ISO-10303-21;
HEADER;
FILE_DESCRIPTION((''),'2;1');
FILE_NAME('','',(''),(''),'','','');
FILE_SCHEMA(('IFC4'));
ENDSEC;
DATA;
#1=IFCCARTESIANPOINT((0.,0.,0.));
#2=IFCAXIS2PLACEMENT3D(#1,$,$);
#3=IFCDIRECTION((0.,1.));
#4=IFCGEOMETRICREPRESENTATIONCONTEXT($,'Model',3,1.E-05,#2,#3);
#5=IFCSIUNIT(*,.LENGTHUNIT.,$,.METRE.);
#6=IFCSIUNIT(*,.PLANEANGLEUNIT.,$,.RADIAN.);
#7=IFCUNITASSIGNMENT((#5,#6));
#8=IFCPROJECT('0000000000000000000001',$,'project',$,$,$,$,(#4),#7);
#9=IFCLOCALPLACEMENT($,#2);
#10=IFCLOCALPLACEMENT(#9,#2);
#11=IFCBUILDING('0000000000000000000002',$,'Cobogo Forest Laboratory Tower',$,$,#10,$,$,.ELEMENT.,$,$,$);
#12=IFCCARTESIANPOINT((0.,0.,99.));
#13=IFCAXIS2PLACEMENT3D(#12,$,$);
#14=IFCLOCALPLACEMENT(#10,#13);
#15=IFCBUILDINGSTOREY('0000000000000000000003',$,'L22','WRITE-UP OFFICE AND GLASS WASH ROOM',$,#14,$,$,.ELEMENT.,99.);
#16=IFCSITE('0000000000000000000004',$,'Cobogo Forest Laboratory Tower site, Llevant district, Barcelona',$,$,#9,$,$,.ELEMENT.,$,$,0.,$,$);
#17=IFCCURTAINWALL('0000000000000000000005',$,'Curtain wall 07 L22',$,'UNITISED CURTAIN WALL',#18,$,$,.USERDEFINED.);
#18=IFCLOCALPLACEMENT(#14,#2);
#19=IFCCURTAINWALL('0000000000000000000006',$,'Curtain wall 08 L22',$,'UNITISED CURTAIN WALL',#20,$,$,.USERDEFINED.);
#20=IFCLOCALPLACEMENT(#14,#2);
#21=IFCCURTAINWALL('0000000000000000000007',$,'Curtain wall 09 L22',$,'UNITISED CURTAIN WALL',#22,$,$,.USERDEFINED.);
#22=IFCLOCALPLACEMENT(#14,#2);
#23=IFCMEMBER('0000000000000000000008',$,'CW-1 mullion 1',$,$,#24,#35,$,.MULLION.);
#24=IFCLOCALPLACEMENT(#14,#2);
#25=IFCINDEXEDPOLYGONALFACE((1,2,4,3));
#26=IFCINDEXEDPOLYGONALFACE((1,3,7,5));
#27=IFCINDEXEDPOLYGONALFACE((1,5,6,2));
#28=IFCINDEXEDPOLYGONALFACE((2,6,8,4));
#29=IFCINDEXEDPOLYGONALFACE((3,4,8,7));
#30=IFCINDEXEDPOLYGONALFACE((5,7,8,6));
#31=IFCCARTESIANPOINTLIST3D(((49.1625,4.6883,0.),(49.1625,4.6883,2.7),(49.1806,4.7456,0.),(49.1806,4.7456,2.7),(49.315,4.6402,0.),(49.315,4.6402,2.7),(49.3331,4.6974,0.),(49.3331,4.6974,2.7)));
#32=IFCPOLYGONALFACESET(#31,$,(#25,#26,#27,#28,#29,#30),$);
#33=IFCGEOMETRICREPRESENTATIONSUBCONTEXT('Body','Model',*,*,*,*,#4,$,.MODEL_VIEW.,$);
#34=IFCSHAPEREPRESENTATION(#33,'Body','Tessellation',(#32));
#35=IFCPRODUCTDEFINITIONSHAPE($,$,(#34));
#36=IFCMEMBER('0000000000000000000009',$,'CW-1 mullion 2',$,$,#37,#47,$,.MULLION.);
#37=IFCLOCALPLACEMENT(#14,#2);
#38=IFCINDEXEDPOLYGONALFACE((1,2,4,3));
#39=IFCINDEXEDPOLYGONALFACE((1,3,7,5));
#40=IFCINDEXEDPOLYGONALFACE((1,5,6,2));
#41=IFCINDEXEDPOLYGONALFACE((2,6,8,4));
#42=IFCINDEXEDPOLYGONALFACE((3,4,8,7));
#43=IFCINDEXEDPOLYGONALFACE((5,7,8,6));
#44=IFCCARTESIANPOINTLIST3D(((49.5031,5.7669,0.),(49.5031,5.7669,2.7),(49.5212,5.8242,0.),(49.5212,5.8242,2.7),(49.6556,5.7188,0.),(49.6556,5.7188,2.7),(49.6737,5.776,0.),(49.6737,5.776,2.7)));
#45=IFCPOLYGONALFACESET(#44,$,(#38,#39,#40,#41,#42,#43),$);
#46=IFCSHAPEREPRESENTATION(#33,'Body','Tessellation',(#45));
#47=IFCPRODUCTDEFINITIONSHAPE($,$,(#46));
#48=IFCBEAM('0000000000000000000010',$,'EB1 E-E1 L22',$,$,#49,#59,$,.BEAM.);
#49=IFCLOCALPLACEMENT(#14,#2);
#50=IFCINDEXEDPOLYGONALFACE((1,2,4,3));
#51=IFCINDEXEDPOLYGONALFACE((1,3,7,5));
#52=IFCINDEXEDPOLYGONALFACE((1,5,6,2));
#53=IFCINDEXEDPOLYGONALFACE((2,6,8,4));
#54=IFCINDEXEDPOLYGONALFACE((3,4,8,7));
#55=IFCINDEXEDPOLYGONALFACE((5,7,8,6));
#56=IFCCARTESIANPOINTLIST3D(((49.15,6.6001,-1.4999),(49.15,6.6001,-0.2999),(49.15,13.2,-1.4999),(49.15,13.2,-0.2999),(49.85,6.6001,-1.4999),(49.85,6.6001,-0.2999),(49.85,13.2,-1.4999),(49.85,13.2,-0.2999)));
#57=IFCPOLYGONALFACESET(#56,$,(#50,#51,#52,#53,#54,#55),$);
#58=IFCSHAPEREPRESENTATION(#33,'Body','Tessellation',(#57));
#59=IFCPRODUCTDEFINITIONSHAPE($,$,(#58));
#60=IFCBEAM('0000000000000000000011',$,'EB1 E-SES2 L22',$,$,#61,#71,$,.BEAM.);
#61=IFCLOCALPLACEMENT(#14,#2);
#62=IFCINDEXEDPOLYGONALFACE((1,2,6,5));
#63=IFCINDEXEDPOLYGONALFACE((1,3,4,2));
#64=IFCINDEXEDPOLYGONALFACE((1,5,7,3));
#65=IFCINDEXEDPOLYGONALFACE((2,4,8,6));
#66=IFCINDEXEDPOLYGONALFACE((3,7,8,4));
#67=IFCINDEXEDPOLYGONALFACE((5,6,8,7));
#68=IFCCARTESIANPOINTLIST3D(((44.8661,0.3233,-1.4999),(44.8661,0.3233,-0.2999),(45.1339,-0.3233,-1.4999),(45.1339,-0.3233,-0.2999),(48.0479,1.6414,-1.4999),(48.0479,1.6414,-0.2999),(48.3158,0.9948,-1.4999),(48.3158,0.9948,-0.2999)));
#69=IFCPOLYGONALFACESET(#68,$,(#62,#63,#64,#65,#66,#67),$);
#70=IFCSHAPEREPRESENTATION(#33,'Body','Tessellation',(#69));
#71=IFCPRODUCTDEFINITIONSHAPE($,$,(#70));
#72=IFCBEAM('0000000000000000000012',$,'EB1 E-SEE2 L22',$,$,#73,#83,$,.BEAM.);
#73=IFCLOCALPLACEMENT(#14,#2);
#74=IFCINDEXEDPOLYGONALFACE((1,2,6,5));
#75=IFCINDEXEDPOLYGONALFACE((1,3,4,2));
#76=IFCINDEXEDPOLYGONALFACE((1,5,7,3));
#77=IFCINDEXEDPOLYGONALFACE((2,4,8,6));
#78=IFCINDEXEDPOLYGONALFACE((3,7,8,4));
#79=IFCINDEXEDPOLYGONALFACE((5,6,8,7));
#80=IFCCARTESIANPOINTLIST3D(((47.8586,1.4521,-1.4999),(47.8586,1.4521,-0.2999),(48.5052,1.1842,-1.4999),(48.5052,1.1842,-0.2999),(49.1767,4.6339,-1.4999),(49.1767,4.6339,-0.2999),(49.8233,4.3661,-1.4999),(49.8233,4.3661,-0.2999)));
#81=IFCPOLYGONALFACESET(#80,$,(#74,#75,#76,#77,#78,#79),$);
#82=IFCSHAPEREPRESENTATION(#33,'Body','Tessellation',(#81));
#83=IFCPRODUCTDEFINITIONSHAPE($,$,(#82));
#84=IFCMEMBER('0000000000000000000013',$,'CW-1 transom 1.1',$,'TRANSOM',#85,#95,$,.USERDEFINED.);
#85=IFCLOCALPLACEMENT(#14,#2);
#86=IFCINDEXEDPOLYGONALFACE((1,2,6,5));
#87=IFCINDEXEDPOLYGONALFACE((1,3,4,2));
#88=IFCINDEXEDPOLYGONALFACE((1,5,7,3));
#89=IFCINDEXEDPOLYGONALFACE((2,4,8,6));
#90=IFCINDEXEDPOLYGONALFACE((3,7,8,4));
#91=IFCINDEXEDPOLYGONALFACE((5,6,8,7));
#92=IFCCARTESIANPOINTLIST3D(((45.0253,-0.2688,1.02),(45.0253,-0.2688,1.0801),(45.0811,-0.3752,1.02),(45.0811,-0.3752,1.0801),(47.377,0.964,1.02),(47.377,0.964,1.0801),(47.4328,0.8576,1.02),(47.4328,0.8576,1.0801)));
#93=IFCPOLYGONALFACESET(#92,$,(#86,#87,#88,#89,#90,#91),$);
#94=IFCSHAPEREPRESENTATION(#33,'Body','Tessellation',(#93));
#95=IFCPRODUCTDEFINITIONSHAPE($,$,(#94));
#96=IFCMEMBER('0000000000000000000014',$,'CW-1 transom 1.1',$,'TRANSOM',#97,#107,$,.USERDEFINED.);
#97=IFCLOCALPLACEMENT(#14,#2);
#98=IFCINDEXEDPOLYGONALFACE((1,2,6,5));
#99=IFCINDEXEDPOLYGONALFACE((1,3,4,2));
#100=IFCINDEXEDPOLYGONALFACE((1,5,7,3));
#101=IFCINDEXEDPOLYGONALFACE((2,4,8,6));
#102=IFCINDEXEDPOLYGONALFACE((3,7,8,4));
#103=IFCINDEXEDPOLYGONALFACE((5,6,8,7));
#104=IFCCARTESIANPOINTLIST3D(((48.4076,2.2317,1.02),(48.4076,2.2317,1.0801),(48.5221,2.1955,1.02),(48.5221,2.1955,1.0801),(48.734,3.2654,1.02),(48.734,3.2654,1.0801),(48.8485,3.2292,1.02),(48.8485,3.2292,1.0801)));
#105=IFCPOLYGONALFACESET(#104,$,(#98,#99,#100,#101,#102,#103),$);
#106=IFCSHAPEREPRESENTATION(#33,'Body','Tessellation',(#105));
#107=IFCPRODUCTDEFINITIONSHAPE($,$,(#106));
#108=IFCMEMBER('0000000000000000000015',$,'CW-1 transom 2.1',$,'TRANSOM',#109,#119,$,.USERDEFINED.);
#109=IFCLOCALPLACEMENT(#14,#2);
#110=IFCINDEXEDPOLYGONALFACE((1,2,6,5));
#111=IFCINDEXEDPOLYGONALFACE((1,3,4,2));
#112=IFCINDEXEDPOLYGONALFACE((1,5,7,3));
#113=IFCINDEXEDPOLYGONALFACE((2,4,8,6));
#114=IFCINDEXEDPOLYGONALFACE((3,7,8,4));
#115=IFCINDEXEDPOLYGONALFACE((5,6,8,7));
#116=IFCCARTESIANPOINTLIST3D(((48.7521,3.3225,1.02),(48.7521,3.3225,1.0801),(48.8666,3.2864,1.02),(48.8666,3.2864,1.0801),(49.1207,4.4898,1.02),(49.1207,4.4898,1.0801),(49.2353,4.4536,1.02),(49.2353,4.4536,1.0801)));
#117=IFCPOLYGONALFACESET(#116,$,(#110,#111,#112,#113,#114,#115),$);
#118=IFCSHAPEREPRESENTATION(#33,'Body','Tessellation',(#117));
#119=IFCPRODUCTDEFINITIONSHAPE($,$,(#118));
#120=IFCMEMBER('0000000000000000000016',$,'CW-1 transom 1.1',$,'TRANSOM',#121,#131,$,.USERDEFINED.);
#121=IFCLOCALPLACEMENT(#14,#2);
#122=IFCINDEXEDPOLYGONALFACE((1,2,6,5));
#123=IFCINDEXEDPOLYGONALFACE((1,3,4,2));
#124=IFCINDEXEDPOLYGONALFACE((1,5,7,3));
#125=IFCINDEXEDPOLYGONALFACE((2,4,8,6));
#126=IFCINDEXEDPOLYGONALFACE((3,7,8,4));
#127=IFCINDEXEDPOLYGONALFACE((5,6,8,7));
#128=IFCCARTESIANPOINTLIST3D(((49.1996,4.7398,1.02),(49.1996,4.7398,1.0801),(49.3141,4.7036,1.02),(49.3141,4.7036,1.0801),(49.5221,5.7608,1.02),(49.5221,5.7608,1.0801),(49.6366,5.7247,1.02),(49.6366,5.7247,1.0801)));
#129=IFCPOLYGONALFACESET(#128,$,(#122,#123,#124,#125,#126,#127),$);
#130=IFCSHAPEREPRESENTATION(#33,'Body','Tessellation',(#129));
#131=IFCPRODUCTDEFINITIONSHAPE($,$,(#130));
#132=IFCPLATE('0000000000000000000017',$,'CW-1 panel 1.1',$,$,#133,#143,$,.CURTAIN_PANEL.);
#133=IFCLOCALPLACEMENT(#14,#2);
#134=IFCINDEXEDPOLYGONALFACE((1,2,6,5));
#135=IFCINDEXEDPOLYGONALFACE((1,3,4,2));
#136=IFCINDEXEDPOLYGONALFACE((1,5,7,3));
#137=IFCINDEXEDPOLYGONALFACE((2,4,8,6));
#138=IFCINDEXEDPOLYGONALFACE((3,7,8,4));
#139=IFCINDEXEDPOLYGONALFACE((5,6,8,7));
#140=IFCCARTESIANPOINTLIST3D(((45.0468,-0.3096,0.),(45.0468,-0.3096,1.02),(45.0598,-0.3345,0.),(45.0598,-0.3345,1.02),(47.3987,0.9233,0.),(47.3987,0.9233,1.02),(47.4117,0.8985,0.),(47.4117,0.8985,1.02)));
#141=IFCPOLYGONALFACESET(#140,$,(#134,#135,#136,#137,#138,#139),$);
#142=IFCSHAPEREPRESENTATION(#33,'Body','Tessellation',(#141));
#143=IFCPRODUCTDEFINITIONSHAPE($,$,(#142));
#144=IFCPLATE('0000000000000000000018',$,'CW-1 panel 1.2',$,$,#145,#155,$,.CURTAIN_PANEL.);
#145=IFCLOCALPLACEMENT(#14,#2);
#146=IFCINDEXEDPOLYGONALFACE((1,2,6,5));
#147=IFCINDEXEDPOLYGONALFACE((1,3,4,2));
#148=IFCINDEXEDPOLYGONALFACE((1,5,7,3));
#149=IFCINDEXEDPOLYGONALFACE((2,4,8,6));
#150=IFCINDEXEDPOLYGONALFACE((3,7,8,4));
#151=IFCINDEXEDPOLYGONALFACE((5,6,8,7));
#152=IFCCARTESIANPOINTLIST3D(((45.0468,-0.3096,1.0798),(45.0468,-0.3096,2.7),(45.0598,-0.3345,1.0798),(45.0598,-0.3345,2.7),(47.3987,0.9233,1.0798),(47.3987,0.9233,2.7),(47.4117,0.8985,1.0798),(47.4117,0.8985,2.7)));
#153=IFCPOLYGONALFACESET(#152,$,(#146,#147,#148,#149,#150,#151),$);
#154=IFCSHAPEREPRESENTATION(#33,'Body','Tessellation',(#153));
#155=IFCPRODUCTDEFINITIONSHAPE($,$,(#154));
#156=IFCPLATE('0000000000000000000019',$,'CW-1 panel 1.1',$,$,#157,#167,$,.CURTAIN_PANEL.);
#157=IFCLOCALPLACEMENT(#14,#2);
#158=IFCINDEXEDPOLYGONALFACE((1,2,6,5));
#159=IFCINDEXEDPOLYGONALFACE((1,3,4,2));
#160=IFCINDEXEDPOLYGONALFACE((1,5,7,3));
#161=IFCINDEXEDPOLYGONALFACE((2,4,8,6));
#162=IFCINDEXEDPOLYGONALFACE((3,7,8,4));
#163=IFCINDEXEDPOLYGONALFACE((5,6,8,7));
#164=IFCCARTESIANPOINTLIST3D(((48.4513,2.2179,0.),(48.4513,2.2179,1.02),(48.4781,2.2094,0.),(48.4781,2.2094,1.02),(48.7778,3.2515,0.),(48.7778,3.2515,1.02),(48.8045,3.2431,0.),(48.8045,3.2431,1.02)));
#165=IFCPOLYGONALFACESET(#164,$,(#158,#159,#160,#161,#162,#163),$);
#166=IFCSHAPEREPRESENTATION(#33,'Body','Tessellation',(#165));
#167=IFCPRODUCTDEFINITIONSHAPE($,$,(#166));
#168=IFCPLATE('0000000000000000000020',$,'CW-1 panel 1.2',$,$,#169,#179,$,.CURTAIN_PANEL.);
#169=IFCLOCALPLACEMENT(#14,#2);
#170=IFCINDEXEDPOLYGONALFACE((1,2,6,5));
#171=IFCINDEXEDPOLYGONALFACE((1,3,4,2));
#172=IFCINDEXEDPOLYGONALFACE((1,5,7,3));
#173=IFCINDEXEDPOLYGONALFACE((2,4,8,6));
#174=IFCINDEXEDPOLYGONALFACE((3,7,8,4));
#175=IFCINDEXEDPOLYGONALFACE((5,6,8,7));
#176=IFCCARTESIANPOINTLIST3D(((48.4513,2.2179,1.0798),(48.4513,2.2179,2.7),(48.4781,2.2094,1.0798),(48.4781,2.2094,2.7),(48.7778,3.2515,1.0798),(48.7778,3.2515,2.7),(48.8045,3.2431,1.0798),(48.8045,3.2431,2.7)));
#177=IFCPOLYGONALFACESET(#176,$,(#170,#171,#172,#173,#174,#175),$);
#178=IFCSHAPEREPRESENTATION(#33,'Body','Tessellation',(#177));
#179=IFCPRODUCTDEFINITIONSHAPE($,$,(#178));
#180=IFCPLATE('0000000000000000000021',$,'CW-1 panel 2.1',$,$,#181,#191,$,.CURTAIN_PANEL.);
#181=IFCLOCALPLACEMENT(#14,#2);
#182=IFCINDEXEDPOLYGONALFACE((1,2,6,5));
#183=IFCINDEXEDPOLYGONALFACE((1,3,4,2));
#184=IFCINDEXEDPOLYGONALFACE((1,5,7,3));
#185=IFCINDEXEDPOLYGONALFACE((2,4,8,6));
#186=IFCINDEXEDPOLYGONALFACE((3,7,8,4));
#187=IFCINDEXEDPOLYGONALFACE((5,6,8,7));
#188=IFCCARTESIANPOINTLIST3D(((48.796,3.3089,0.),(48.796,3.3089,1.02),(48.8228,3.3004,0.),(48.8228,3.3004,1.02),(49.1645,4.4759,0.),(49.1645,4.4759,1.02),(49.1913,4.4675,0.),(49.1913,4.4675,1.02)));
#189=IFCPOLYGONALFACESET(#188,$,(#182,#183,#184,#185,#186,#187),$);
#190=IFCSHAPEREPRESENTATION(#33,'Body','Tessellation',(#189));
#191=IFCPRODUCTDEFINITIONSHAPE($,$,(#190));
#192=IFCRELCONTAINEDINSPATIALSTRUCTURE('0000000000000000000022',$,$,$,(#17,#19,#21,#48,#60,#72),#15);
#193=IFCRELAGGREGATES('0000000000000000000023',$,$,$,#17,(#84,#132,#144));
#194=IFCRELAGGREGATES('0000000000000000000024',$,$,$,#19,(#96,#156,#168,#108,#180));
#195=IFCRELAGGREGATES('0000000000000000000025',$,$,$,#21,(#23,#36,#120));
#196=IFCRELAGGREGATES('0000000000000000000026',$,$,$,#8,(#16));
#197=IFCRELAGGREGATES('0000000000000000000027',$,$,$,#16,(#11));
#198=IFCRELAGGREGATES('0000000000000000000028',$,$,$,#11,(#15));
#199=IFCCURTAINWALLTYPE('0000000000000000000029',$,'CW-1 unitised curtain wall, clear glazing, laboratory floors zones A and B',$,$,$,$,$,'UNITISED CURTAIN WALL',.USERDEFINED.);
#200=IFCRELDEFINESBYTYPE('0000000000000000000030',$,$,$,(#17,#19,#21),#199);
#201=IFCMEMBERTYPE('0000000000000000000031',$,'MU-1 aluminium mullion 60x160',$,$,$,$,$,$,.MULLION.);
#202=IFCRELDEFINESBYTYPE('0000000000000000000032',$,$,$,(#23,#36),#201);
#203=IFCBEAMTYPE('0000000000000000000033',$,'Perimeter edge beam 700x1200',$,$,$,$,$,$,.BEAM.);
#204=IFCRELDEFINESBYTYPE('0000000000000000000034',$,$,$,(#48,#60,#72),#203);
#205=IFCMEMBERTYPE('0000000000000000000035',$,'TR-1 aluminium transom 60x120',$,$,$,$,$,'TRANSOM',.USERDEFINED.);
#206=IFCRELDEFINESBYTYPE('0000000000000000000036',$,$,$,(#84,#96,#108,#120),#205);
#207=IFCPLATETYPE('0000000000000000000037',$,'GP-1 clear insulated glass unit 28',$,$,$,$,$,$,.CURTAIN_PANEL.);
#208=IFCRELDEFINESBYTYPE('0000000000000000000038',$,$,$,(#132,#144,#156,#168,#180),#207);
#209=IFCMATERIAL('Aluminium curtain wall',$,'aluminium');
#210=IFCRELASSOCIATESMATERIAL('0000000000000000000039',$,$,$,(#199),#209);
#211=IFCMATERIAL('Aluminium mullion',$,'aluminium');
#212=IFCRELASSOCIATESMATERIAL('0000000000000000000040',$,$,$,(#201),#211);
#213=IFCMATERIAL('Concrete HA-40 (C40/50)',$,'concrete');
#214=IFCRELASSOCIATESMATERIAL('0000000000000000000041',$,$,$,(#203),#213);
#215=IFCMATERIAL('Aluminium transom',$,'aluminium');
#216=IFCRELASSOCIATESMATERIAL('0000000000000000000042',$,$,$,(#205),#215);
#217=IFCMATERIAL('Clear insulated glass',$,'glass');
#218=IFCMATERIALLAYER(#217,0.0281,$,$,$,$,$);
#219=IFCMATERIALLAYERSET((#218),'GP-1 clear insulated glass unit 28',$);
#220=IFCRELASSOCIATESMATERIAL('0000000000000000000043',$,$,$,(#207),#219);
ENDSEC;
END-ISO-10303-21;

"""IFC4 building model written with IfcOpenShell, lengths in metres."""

from ifc_helpers import new_model, si_unit, direction, frame, origin, origin_2d, place, context, subcontext, project, spatial, rectangle, extrude, material, layer, layer_set, material_profile, profile_set, type_object, element, aggregate, save


model = new_model("IFC4")

# Units and contexts
model_context = context("Model", 3, precision=1e-05, world=origin(), true_north=direction((0.0, 1.0)))
body_context = subcontext(model_context, "Body", "Model", "MODEL_VIEW")
ifc_project = project(units=[si_unit("LENGTHUNIT", "METRE"), si_unit("PLANEANGLEUNIT", "RADIAN")], contexts=[model_context])

# Site, building, storey
site_placement = place(None, origin())
site = spatial("IfcSite", under=ifc_project, at=site_placement, Name="Cobogo Forest Laboratory Tower site, Llevant district, Barcelona", CompositionType="ELEMENT", RefElevation=0.0)
building_placement = place(site_placement, origin())
building = spatial("IfcBuilding", under=site, at=building_placement, Name="Cobogo Forest Laboratory Tower", CompositionType="ELEMENT")
storey_placement = place(building_placement, frame((0.0, 0.0, 99.0)))
storey = spatial("IfcBuildingStorey", under=building, at=storey_placement, Name="L22", Description="WRITE-UP OFFICE AND GLASS WASH ROOM", CompositionType="ELEMENT", Elevation=99.0)

# Shared definitions
ifc_material_1 = material(Name="Concrete HA-40 (C40/50)", Category="concrete")

# Shared definitions
ifc_material_2 = material(Name="Aluminium curtain wall", Category="aluminium")
curtain_wall_type = type_object("IfcCurtainWallType", Name="CW-1 unitised curtain wall, clear glazing, laboratory floors zones A and B", ElementType="UNITISED CURTAIN WALL", PredefinedType="USERDEFINED", material=ifc_material_2)
ifc_material_3 = material(Name="Aluminium mullion", Category="aluminium")
ifc_material_profile_1 = material_profile(ifc_material_3, rectangle(XDim=0.0601, YDim=0.1599, at=origin_2d()), Name="AL 60x160")
ifc_profile_set_1 = profile_set([ifc_material_profile_1], Name="Aluminium mullion")
member_type_1 = type_object("IfcMemberType", Name="MU-1 aluminium mullion 60x160", PredefinedType="MULLION", material=ifc_profile_set_1)

# Curtain walls, members
curtain_wall_1_placement = place(storey_placement, origin())
curtain_wall_1 = element("IfcCurtainWall", 1, at=curtain_wall_1_placement, inside=storey, type_object=curtain_wall_type, Name="Curtain wall 07 L22", ObjectType="UNITISED CURTAIN WALL", PredefinedType="USERDEFINED")
curtain_wall_2_placement = place(storey_placement, origin())
curtain_wall_2 = element("IfcCurtainWall", 2, at=curtain_wall_2_placement, inside=storey, type_object=curtain_wall_type, Name="Curtain wall 08 L22", ObjectType="UNITISED CURTAIN WALL", PredefinedType="USERDEFINED")
curtain_wall_3_placement = place(storey_placement, origin())
curtain_wall_3 = element("IfcCurtainWall", 3, at=curtain_wall_3_placement, inside=storey, type_object=curtain_wall_type, Name="Curtain wall 09 L22", ObjectType="UNITISED CURTAIN WALL", PredefinedType="USERDEFINED")
member_1_placement = place(storey_placement, frame((49.2478, 4.6929, 0.0), z_axis=(0.0, 0.0, 1.0), x_axis=(0.301136, 0.953581, 0.0)))
member_1 = element("IfcMember", 4, at=member_1_placement, type_object=member_type_1, Name="CW-1 mullion 1", PredefinedType="MULLION", context=body_context, shape_type="SweptSolid", body=[
    extrude(rectangle(XDim=0.0601, YDim=0.1599, at=origin_2d()), origin(), (0.0, 0.0, 1.0), 2.7),
])
member_2_placement = place(storey_placement, frame((49.5884, 5.7715, 0.0), z_axis=(0.0, 0.0, 1.0), x_axis=(0.301136, 0.953581, 0.0)))
member_2 = element("IfcMember", 5, at=member_2_placement, type_object=member_type_1, Name="CW-1 mullion 2", PredefinedType="MULLION", context=body_context, shape_type="SweptSolid", body=[
    extrude(rectangle(XDim=0.0601, YDim=0.1599, at=origin_2d()), origin(), (0.0, 0.0, 1.0), 2.7),
])

# Beams
ifc_material_profile_2 = material_profile(ifc_material_1, rectangle(XDim=0.7, YDim=1.2, at=origin_2d()), Name="RC 700x1200")
ifc_profile_set_2 = profile_set([ifc_material_profile_2], Name="Concrete HA-40 (C40/50)")
beam_type_1 = type_object("IfcBeamType", Name="Perimeter edge beam 700x1200", PredefinedType="BEAM", material=ifc_profile_set_2)
beam_1_placement = place(storey_placement, frame((49.5, 6.6001, -0.8999), z_axis=(0.0, 1.0, 0.0), x_axis=(-1.0, 0.0, 0.0)))
element("IfcBeam", 6, at=beam_1_placement, inside=storey, type_object=beam_type_1, Name="EB1 E-E1 L22", PredefinedType="BEAM", context=body_context, shape_type="SweptSolid", body=[
    extrude(rectangle(XDim=0.7, YDim=1.2, at=origin_2d()), origin(), (0.0, 0.0, 1.0), 6.5999),
])
for number, where, z_axis, x_axis, name in (
    (7, (45.0, 0.0, -0.8999), (0.923866, 0.382717, 0.0), (-0.382717, 0.923866, 0.0), "EB1 E-SES2 L22"),
    (8, (49.5, 4.5, -0.8999), (-0.382717, -0.923866, 0.0), (0.923866, -0.382717, 0.0), "EB1 E-SEE2 L22"),
):
    element("IfcBeam", number, at=place(storey_placement, frame(where, z_axis=z_axis, x_axis=x_axis)), inside=storey, type_object=beam_type_1, Name=name, PredefinedType="BEAM", context=body_context, shape_type="SweptSolid", body=[
        extrude(rectangle(XDim=0.7, YDim=1.2, at=origin_2d()), origin(), (0.0, 0.0, 1.0), 3.4441),
    ])

# Members
ifc_material_4 = material(Name="Aluminium transom", Category="aluminium")
ifc_material_profile_3 = material_profile(ifc_material_4, rectangle(XDim=0.1201, YDim=0.0601, at=origin_2d()), Name="AL 60x120")
ifc_profile_set_3 = profile_set([ifc_material_profile_3], Name="Aluminium transom")
member_type_2 = type_object("IfcMemberType", Name="TR-1 aluminium transom 60x120", ElementType="TRANSOM", PredefinedType="USERDEFINED", material=ifc_profile_set_3)
member_3_placement = place(storey_placement, frame((45.0532, -0.322, 1.05), z_axis=(0.885675, 0.464306, 0.0), x_axis=(-0.464306, 0.885675, 0.0)))
member_3 = element("IfcMember", 9, at=member_3_placement, type_object=member_type_2, Name="CW-1 transom 1.1", ObjectType="TRANSOM", PredefinedType="USERDEFINED", context=body_context, shape_type="SweptSolid", body=[
    extrude(rectangle(XDim=0.1201, YDim=0.0601, at=origin_2d()), origin(), (0.0, 0.0, 1.0), 2.6553),
])
member_4_placement = place(storey_placement, frame((48.4648, 2.2136, 1.05), z_axis=(0.301121, 0.953586, 0.0), x_axis=(-0.953586, 0.301121, 0.0)))
member_4 = element("IfcMember", 10, at=member_4_placement, type_object=member_type_2, Name="CW-1 transom 1.1", ObjectType="TRANSOM", PredefinedType="USERDEFINED", context=body_context, shape_type="SweptSolid", body=[
    extrude(rectangle(XDim=0.1201, YDim=0.0601, at=origin_2d()), origin(), (0.0, 0.0, 1.0), 1.084),
])
member_5_placement = place(storey_placement, frame((48.8093, 3.3044, 1.05), z_axis=(0.30117, 0.953571, 0.0), x_axis=(-0.953571, 0.30117, 0.0)))
member_5 = element("IfcMember", 11, at=member_5_placement, type_object=member_type_2, Name="CW-1 transom 2.1", ObjectType="TRANSOM", PredefinedType="USERDEFINED", context=body_context, shape_type="SweptSolid", body=[
    extrude(rectangle(XDim=0.1201, YDim=0.0601, at=origin_2d()), origin(), (0.0, 0.0, 1.0), 1.2241),
])
member_6_placement = place(storey_placement, frame((49.2568, 4.7217, 1.05), z_axis=(0.301208, 0.953559, 0.0), x_axis=(-0.953559, 0.301208, 0.0)))
member_6 = element("IfcMember", 12, at=member_6_placement, type_object=member_type_2, Name="CW-1 transom 1.1", ObjectType="TRANSOM", PredefinedType="USERDEFINED", context=body_context, shape_type="SweptSolid", body=[
    extrude(rectangle(XDim=0.1201, YDim=0.0601, at=origin_2d()), origin(), (0.0, 0.0, 1.0), 1.0708),
])

# Plates
ifc_material_5 = material(Name="Clear insulated glass", Category="glass")
ifc_layer = layer(ifc_material_5, 0.0281)
ifc_layer_set = layer_set([ifc_layer], Name="GP-1 clear insulated glass unit 28")
plate_type = type_object("IfcPlateType", Name="GP-1 clear insulated glass unit 28", PredefinedType="CURTAIN_PANEL", material=ifc_layer_set)
plate_1_placement = place(storey_placement, frame((46.2292, 0.2944, 0.0), z_axis=(0.0, 0.0, 1.0), x_axis=(0.885687, 0.464284, 0.0)))
plate_1 = element("IfcPlate", 13, at=plate_1_placement, type_object=plate_type, Name="CW-1 panel 1.1", PredefinedType="CURTAIN_PANEL", context=body_context, shape_type="SweptSolid", body=[
    extrude(rectangle(XDim=2.6555, YDim=0.0281, at=origin_2d()), origin(), (0.0, 0.0, 1.0), 1.02),
])
plate_2_placement = place(storey_placement, frame((46.2292, 0.2944, 1.0798), z_axis=(0.0, 0.0, 1.0), x_axis=(0.885687, 0.464284, 0.0)))
plate_2 = element("IfcPlate", 14, at=plate_2_placement, type_object=plate_type, Name="CW-1 panel 1.2", PredefinedType="CURTAIN_PANEL", context=body_context, shape_type="SweptSolid", body=[
    extrude(rectangle(XDim=2.6555, YDim=0.0281, at=origin_2d()), origin(), (0.0, 0.0, 1.0), 1.6201),
])
aggregate(curtain_wall_1, [member_3, plate_1, plate_2])
plate_3_placement = place(storey_placement, frame((48.6279, 2.7305, 0.0), z_axis=(0.0, 0.0, 1.0), x_axis=(0.301135, 0.953581, 0.0)))
plate_3 = element("IfcPlate", 15, at=plate_3_placement, type_object=plate_type, Name="CW-1 panel 1.1", PredefinedType="CURTAIN_PANEL", context=body_context, shape_type="SweptSolid", body=[
    extrude(rectangle(XDim=1.084, YDim=0.0281, at=origin_2d()), origin(), (0.0, 0.0, 1.0), 1.02),
])
plate_4_placement = place(storey_placement, frame((48.6279, 2.7305, 1.0798), z_axis=(0.0, 0.0, 1.0), x_axis=(0.301135, 0.953581, 0.0)))
plate_4 = element("IfcPlate", 16, at=plate_4_placement, type_object=plate_type, Name="CW-1 panel 1.2", PredefinedType="CURTAIN_PANEL", context=body_context, shape_type="SweptSolid", body=[
    extrude(rectangle(XDim=1.084, YDim=0.0281, at=origin_2d()), origin(), (0.0, 0.0, 1.0), 1.6201),
])
plate_5_placement = place(storey_placement, frame((48.9937, 3.8882, 0.0), z_axis=(0.0, 0.0, 1.0), x_axis=(0.301135, 0.953581, 0.0)))
plate_5 = element("IfcPlate", 17, at=plate_5_placement, type_object=plate_type, Name="CW-1 panel 2.1", PredefinedType="CURTAIN_PANEL", context=body_context, shape_type="SweptSolid", body=[
    extrude(rectangle(XDim=1.2239, YDim=0.0281, at=origin_2d()), origin(), (0.0, 0.0, 1.0), 1.02),
])
aggregate(curtain_wall_2, [member_4, plate_3, plate_4, member_5, plate_5])
aggregate(curtain_wall_3, [member_1, member_2, member_6])

save(model, "model.ifc")
